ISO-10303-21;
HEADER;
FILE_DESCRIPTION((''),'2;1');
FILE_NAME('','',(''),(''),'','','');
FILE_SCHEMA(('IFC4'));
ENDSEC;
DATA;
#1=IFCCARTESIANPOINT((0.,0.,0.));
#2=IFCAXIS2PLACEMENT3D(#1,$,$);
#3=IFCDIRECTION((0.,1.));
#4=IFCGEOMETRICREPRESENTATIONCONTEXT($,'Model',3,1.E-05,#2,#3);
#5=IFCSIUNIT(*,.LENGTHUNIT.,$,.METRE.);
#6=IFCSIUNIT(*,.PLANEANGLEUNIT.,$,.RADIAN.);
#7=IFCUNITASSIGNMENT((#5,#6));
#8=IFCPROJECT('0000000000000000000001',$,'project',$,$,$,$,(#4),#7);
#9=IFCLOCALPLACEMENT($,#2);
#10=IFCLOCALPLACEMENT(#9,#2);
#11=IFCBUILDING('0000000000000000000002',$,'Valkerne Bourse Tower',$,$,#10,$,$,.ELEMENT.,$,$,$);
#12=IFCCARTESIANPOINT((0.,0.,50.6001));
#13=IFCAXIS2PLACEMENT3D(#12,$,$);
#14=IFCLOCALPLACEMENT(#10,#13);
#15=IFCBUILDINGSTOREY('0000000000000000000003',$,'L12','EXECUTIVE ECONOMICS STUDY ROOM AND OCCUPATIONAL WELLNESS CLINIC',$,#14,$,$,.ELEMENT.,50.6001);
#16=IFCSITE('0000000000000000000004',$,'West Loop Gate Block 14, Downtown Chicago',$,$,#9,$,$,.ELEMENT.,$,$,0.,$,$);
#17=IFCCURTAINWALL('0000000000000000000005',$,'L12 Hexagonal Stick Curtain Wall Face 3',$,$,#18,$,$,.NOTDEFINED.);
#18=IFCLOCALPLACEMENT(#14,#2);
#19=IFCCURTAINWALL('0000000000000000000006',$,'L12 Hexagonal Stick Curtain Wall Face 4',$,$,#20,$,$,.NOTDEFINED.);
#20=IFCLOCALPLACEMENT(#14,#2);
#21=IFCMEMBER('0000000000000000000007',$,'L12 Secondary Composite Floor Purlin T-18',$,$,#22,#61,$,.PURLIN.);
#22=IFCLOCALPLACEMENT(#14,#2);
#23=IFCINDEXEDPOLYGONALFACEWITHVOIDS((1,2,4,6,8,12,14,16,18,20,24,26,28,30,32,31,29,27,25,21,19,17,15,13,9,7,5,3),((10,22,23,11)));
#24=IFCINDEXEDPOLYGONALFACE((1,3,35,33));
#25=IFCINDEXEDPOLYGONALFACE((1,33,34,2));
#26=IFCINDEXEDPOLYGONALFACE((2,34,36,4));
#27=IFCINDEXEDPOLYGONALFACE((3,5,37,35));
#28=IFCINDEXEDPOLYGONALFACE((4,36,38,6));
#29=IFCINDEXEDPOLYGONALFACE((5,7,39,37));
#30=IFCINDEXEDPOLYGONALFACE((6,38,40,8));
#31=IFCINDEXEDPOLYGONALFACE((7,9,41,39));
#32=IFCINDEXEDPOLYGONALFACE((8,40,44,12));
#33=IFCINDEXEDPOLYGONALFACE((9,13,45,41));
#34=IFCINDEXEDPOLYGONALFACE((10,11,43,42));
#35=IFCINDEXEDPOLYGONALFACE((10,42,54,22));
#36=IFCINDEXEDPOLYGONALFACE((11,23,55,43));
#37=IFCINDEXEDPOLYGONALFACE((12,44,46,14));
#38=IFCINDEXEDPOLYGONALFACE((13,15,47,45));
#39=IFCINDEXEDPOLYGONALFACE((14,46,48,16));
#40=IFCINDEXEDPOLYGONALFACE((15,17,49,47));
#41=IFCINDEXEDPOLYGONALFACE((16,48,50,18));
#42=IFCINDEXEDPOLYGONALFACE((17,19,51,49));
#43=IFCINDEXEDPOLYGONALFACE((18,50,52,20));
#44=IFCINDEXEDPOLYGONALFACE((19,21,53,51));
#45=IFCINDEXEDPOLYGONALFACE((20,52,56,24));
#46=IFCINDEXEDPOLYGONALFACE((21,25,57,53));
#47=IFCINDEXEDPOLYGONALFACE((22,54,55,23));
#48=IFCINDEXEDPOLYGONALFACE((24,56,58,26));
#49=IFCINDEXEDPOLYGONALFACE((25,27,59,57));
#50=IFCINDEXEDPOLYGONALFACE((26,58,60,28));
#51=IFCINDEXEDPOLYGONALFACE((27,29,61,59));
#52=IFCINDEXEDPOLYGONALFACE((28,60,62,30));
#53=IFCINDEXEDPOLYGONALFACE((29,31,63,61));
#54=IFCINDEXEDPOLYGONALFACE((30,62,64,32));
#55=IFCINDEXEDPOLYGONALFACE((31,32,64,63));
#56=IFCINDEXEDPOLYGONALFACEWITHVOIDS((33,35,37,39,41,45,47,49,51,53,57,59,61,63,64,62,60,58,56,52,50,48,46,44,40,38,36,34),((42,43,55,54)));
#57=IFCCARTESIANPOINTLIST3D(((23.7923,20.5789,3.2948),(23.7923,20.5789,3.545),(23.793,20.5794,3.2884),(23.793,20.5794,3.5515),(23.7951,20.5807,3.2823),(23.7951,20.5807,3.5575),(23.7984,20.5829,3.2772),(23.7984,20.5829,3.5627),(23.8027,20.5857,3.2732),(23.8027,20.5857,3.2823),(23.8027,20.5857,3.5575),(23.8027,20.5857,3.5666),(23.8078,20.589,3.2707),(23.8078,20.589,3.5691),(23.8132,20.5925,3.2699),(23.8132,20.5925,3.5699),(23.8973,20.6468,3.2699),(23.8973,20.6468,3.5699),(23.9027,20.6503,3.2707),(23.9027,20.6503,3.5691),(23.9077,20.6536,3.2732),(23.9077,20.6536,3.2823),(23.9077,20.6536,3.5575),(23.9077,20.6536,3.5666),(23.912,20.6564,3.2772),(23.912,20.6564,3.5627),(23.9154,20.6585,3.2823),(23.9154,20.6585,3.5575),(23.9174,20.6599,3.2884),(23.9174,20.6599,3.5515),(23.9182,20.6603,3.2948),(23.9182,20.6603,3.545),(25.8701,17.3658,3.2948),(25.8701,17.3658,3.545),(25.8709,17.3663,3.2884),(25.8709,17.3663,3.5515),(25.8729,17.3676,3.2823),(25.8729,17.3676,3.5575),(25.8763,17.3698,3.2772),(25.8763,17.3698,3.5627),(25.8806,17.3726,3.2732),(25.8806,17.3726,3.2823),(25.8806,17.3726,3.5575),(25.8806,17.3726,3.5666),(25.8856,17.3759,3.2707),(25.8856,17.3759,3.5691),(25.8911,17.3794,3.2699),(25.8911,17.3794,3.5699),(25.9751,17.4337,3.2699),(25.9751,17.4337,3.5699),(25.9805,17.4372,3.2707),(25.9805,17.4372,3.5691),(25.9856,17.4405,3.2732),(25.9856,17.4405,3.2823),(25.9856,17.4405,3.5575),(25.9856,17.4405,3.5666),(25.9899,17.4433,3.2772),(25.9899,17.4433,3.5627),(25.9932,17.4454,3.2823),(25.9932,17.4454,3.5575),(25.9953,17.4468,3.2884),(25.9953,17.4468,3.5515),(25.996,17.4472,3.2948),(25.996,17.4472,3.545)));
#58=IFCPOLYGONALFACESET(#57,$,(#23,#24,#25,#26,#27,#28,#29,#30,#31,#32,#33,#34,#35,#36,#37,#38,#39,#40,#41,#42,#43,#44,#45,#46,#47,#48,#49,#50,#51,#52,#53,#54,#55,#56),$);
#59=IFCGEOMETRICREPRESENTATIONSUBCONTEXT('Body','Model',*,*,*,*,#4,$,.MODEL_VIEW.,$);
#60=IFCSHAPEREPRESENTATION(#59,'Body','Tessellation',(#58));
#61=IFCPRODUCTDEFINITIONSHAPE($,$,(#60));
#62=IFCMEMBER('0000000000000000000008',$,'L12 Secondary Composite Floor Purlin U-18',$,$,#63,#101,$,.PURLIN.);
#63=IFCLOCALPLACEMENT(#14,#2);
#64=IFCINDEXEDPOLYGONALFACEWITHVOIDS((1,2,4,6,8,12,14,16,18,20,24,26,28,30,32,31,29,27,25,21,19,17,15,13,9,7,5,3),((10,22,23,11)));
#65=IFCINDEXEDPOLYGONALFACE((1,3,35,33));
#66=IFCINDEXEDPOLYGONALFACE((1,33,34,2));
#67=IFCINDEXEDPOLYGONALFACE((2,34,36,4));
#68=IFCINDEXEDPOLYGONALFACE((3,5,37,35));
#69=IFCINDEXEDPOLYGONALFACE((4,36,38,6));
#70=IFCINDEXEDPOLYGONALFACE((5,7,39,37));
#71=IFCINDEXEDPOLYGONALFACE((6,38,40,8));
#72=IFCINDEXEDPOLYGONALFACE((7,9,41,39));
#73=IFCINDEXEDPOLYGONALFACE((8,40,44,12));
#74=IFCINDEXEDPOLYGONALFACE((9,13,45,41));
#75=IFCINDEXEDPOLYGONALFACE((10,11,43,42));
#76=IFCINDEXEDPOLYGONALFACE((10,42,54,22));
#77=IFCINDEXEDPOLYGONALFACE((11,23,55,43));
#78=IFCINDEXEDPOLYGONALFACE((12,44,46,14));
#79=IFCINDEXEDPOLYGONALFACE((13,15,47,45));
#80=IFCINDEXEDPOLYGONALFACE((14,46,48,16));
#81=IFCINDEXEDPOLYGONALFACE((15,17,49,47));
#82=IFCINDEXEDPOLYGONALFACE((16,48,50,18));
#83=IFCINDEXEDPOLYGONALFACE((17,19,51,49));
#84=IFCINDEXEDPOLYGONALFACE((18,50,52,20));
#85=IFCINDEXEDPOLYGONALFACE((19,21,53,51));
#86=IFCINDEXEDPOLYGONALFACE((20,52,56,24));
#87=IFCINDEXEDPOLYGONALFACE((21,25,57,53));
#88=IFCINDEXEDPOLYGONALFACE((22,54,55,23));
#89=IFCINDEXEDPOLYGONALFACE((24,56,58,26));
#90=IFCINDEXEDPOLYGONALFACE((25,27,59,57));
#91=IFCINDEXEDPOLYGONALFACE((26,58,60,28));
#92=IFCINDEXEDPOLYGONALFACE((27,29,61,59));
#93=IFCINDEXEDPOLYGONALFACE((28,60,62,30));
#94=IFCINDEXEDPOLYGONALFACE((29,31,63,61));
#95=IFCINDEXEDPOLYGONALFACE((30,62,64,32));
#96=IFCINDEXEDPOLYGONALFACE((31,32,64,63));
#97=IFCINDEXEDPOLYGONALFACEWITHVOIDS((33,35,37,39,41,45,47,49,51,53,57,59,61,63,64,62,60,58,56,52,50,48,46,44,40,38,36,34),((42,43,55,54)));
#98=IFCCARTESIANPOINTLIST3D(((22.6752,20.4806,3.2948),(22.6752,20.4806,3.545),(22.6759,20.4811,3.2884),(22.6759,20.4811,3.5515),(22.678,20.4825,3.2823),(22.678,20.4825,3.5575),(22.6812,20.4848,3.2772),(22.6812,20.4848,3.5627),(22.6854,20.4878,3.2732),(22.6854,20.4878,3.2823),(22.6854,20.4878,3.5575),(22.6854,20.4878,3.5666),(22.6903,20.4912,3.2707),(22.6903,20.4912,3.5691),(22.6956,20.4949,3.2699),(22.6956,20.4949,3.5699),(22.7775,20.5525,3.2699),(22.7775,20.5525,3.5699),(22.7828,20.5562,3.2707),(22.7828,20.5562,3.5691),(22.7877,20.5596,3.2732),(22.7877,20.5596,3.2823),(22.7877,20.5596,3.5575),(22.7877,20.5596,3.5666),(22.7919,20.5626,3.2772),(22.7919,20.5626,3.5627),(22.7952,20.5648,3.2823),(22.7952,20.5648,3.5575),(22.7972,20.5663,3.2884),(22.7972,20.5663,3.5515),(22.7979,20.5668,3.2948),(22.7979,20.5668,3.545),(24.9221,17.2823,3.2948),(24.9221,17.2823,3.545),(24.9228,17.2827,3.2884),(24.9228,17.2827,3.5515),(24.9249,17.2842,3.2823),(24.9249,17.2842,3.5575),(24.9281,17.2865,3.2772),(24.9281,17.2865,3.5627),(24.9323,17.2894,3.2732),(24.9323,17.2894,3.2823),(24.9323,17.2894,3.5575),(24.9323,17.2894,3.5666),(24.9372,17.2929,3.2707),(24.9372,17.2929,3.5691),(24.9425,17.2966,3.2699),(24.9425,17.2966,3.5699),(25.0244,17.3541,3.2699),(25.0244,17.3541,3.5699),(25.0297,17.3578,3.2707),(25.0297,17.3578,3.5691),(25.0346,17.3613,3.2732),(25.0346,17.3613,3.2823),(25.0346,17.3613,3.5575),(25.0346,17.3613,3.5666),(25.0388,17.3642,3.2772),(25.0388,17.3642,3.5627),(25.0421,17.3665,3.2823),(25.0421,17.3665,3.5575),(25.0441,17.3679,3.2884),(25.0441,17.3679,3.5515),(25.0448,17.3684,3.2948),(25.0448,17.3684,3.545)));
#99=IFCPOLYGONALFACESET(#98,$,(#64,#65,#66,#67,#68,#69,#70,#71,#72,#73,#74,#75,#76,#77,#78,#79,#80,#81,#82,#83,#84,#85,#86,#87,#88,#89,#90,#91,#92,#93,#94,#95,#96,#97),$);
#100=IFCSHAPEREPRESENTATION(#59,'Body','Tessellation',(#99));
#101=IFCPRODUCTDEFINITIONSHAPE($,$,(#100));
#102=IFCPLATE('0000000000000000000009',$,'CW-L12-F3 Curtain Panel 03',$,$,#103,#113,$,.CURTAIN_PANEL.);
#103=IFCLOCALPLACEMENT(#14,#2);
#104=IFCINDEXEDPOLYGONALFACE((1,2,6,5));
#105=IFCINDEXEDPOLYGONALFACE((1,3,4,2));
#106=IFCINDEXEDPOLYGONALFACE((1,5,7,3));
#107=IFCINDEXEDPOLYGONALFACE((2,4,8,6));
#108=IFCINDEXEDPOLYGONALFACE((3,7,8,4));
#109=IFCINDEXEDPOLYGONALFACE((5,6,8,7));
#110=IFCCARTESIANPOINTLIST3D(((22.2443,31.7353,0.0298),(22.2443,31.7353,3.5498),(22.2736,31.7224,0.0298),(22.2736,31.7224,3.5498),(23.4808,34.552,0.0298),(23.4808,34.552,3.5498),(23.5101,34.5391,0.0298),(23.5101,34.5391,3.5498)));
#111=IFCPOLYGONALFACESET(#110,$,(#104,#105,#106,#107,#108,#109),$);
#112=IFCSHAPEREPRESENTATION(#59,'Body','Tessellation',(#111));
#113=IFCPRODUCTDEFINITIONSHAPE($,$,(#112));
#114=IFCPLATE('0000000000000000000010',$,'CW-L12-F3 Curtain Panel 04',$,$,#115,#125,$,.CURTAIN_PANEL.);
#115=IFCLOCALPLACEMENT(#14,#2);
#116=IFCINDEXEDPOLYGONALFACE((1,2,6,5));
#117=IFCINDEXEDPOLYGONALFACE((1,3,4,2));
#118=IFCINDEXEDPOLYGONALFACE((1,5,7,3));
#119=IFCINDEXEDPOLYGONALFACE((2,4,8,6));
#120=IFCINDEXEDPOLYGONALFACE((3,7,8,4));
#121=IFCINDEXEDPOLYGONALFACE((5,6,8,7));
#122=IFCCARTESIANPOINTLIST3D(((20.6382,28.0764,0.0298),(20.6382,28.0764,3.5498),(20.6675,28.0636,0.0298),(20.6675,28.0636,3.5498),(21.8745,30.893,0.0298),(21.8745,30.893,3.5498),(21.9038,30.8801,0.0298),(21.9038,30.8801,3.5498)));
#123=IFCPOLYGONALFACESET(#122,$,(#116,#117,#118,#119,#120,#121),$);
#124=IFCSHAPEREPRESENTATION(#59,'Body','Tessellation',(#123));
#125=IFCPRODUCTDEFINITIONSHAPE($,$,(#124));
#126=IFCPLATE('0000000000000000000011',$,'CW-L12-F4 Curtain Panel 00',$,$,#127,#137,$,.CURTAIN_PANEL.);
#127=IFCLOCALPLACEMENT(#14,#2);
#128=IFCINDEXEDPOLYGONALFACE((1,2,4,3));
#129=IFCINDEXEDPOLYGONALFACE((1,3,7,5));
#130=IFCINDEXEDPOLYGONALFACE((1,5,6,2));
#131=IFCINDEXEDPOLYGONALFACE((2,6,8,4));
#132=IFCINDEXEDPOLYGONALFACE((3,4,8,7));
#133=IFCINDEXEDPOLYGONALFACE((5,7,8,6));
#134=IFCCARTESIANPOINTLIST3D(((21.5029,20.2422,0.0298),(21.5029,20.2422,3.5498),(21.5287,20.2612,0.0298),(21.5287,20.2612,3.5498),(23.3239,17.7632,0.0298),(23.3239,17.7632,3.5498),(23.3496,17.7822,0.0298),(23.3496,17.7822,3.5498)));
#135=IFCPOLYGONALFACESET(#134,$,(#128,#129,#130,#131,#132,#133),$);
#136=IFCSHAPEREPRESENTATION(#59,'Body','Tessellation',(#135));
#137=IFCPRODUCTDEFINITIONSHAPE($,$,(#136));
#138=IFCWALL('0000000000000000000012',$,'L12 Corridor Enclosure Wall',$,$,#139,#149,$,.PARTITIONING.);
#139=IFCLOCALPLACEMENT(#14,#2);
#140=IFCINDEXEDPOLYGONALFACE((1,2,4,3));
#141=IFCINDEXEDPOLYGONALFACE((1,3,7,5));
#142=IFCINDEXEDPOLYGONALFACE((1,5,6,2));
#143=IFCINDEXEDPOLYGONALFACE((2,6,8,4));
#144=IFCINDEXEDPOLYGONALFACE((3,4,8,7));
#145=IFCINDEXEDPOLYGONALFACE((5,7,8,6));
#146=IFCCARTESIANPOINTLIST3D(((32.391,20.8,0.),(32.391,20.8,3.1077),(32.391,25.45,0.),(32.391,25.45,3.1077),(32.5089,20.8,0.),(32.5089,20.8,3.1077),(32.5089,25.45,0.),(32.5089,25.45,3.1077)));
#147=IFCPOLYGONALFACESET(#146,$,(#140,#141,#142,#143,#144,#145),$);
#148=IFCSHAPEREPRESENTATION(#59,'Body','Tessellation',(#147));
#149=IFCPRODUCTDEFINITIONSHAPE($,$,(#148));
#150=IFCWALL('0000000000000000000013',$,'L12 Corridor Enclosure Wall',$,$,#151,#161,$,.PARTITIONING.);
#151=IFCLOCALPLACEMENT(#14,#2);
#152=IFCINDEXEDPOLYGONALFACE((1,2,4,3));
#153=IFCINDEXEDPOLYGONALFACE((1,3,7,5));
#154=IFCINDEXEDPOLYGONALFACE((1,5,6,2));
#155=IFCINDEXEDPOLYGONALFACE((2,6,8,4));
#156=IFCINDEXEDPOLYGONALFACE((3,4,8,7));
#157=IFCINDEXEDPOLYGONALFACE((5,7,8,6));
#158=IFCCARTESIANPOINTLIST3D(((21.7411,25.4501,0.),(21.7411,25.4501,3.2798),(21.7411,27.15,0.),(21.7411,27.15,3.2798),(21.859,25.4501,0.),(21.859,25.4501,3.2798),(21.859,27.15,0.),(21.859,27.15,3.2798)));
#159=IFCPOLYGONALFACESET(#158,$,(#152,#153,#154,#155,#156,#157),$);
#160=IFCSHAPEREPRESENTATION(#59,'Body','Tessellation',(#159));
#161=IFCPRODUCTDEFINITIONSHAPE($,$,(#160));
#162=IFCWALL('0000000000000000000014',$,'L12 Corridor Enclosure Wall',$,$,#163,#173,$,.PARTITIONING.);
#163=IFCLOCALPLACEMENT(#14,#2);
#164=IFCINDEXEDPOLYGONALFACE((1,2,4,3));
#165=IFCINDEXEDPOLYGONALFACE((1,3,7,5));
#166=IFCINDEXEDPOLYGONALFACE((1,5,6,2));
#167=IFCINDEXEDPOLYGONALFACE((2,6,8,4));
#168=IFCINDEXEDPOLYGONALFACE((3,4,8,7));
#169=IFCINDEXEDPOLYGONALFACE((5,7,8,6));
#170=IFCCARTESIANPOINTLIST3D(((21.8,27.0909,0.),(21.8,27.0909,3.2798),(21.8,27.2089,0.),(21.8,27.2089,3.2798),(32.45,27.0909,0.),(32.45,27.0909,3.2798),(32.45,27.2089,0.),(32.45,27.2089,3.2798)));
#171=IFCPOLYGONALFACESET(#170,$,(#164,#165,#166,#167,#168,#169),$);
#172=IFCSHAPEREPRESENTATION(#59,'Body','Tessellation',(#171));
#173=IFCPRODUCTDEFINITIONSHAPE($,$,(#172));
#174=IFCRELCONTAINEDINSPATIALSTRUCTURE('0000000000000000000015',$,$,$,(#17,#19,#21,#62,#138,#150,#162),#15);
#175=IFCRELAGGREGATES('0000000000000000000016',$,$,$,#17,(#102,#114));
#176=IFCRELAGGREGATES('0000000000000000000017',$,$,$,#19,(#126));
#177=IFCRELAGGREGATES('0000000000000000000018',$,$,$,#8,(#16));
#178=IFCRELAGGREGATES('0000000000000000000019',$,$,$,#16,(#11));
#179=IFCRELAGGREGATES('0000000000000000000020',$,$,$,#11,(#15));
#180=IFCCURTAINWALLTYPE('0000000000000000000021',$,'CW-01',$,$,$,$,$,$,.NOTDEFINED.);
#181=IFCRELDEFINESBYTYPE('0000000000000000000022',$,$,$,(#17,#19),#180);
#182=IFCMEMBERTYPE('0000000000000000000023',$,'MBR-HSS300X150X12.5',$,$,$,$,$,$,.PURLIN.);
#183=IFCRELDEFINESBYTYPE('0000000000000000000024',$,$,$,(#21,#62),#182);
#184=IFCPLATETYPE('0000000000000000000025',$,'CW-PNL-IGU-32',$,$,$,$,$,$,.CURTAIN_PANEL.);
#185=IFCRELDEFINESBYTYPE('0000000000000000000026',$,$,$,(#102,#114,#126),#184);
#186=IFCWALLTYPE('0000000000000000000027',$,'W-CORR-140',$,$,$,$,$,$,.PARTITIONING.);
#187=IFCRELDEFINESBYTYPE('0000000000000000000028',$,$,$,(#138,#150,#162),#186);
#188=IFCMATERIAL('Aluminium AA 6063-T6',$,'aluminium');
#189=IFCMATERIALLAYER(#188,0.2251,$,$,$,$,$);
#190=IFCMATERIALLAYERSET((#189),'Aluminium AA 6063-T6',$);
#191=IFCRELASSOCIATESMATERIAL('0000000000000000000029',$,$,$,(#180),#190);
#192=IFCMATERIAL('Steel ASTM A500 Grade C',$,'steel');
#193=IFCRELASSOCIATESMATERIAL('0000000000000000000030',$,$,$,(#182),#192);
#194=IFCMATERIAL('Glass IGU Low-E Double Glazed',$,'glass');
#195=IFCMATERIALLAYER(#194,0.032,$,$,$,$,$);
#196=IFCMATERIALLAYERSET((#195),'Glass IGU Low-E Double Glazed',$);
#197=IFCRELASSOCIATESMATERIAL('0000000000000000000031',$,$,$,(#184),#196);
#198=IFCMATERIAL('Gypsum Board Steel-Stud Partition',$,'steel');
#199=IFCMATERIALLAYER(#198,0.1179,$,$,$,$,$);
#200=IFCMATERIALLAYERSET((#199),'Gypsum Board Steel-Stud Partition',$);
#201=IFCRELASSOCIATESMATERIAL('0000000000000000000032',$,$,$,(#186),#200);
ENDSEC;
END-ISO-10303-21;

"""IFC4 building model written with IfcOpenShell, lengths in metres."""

from ifc_helpers import new_model, si_unit, direction, frame, frame_2d, origin, origin_2d, place, context, subcontext, project, spatial, rectangle, hollow_rectangle, extrude, material, layer, layer_set, material_profile, profile_set, type_object, element, aggregate, save


model = new_model("IFC4")

# Units and contexts
model_context = context("Model", 3, precision=1e-05, world=origin(), true_north=direction((0.0, 1.0)))
body_context = subcontext(model_context, "Body", "Model", "MODEL_VIEW")
ifc_project = project(units=[si_unit("LENGTHUNIT", "METRE"), si_unit("PLANEANGLEUNIT", "RADIAN")], contexts=[model_context])

# Site, building, storey
site_placement = place(None, origin())
site = spatial("IfcSite", under=ifc_project, at=site_placement, Name="West Loop Gate Block 14, Downtown Chicago", CompositionType="ELEMENT", RefElevation=0.0)
building_placement = place(site_placement, origin())
building = spatial("IfcBuilding", under=site, at=building_placement, Name="Valkerne Bourse Tower", CompositionType="ELEMENT")
storey_placement = place(building_placement, frame((0.0, 0.0, 50.6001)))
storey = spatial("IfcBuildingStorey", under=building, at=storey_placement, Name="L12", Description="EXECUTIVE ECONOMICS STUDY ROOM AND OCCUPATIONAL WELLNESS CLINIC", CompositionType="ELEMENT", Elevation=50.6001)

# Curtain walls
ifc_material_1 = material(Name="Aluminium AA 6063-T6", Category="aluminium")
ifc_layer_1 = layer(ifc_material_1, 0.2251)
ifc_layer_set_1 = layer_set([ifc_layer_1], Name="Aluminium AA 6063-T6")
curtain_wall_type = type_object("IfcCurtainWallType", Name="CW-01", PredefinedType="NOTDEFINED", material=ifc_layer_set_1)
curtain_wall_1_placement = place(storey_placement, origin())
curtain_wall_1 = element("IfcCurtainWall", 1, at=curtain_wall_1_placement, inside=storey, type_object=curtain_wall_type, Name="L12 Hexagonal Stick Curtain Wall Face 3", PredefinedType="NOTDEFINED")
curtain_wall_2_placement = place(storey_placement, origin())
curtain_wall_2 = element("IfcCurtainWall", 2, at=curtain_wall_2_placement, inside=storey, type_object=curtain_wall_type, Name="L12 Hexagonal Stick Curtain Wall Face 4", PredefinedType="NOTDEFINED")

# Members
ifc_material_2 = material(Name="Steel ASTM A500 Grade C", Category="steel")
ifc_material_profile_1 = material_profile(ifc_material_2, hollow_rectangle(XDim=0.1499, YDim=0.3, WallThickness=0.0125, OuterFilletRadius=0.0249, at=origin_2d()), Name="HSS300X150X12.5")
ifc_profile_set_1 = profile_set([ifc_material_profile_1], Name="Steel ASTM A500 Grade C")
member_type_1 = type_object("IfcMemberType", Name="MBR-HSS300X150X12.5", PredefinedType="PURLIN", material=ifc_profile_set_1)
member_1_placement = place(storey_placement, frame((23.8552, 20.6196, 3.4199), z_axis=(0.543029, -0.839714, 0.0), x_axis=(0.839714, 0.543029, 0.0)))
element("IfcMember", 3, at=member_1_placement, inside=storey, type_object=member_type_1, Name="L12 Secondary Composite Floor Purlin T-18", PredefinedType="PURLIN", context=body_context, shape_type="SweptSolid", body=[
    extrude(hollow_rectangle(XDim=0.1499, YDim=0.3, WallThickness=0.0125, OuterFilletRadius=0.0249, at=origin_2d()), origin(), (0.0, 0.0, 1.0), 3.8264),
])
member_2_placement = place(storey_placement, frame((22.7366, 20.5237, 3.4199), z_axis=(0.574845, -0.818262, 0.0), x_axis=(0.818262, 0.574845, 0.0)))
element("IfcMember", 4, at=member_2_placement, inside=storey, type_object=member_type_1, Name="L12 Secondary Composite Floor Purlin U-18", PredefinedType="PURLIN", context=body_context, shape_type="SweptSolid", body=[
    extrude(hollow_rectangle(XDim=0.1499, YDim=0.3, WallThickness=0.0125, OuterFilletRadius=0.0249, at=origin_2d()), origin(), (0.0, 0.0, 1.0), 3.9087),
])

# Plates
ifc_material_3 = material(Name="Glass IGU Low-E Double Glazed", Category="glass")
ifc_layer_2 = layer(ifc_material_3, 0.032)
ifc_layer_set_2 = layer_set([ifc_layer_2], Name="Glass IGU Low-E Double Glazed")
plate_type = type_object("IfcPlateType", Name="CW-PNL-IGU-32", PredefinedType="CURTAIN_PANEL", material=ifc_layer_set_2)
plate_1_placement = place(storey_placement, frame((22.8772, 33.1372, 0.0298), z_axis=(0.0, 0.0, 1.0), x_axis=(-0.40195, -0.915662, 0.0)))
plate_1 = element("IfcPlate", 5, at=plate_1_placement, type_object=plate_type, Name="CW-L12-F3 Curtain Panel 03", PredefinedType="CURTAIN_PANEL", context=body_context, shape_type="SweptSolid", body=[
    extrude(rectangle(XDim=3.0762, YDim=0.032, at=origin_2d()), origin(), (0.0, 0.0, 1.0), 3.52),
])
plate_2_placement = place(storey_placement, frame((21.271, 29.4783, 0.0298), z_axis=(0.0, 0.0, 1.0), x_axis=(-0.401929, -0.915671, 0.0)))
plate_2 = element("IfcPlate", 6, at=plate_2_placement, type_object=plate_type, Name="CW-L12-F3 Curtain Panel 04", PredefinedType="CURTAIN_PANEL", context=body_context, shape_type="SweptSolid", body=[
    extrude(rectangle(XDim=3.0759, YDim=0.032, at=origin_2d()), origin(), (0.0, 0.0, 1.0), 3.52),
])
aggregate(curtain_wall_1, [plate_1, plate_2])
plate_3_placement = place(storey_placement, frame((22.4263, 19.0122, 0.0298), z_axis=(0.0, 0.0, 1.0), x_axis=(0.59201, -0.805931, 0.0)))
plate_3 = element("IfcPlate", 7, at=plate_3_placement, type_object=plate_type, Name="CW-L12-F4 Curtain Panel 00", PredefinedType="CURTAIN_PANEL", context=body_context, shape_type="SweptSolid", body=[
    extrude(rectangle(XDim=3.0759, YDim=0.032, at=origin_2d()), origin(), (0.0, 0.0, 1.0), 3.52),
])
aggregate(curtain_wall_2, [plate_3])

# Walls
ifc_material_4 = material(Name="Gypsum Board Steel-Stud Partition", Category="steel")
ifc_layer_3 = layer(ifc_material_4, 0.1179)
ifc_layer_set_3 = layer_set([ifc_layer_3], Name="Gypsum Board Steel-Stud Partition")
wall_type = type_object("IfcWallType", Name="W-CORR-140", PredefinedType="PARTITIONING", material=ifc_layer_set_3)
wall_1_placement = place(storey_placement, frame((32.45, 20.8, 0.0), z_axis=(0.0, 0.0, 1.0), x_axis=(0.0, 1.0, 0.0)))
element("IfcWall", 8, at=wall_1_placement, inside=storey, type_object=wall_type, Name="L12 Corridor Enclosure Wall", PredefinedType="PARTITIONING", context=body_context, shape_type="SweptSolid", body=[
    extrude(rectangle(XDim=4.6499, YDim=0.1179, at=frame_2d((2.325, 0.0))), origin(), (0.0, 0.0, 1.0), 3.1077),
])
wall_2_placement = place(storey_placement, frame((21.8, 25.45, 0.0), z_axis=(0.0, 0.0, 1.0), x_axis=(0.0, 1.0, 0.0)))
element("IfcWall", 9, at=wall_2_placement, inside=storey, type_object=wall_type, Name="L12 Corridor Enclosure Wall", PredefinedType="PARTITIONING", context=body_context, shape_type="SweptSolid", body=[
    extrude(rectangle(XDim=1.7, YDim=0.1179, at=frame_2d((0.8501, 0.0))), origin(), (0.0, 0.0, 1.0), 3.2798),
])
wall_3_placement = place(storey_placement, frame((21.8, 27.1499, 0.0), z_axis=(0.0, 0.0, 1.0), x_axis=(1.0, 0.0, 0.0)))
element("IfcWall", 10, at=wall_3_placement, inside=storey, type_object=wall_type, Name="L12 Corridor Enclosure Wall", PredefinedType="PARTITIONING", context=body_context, shape_type="SweptSolid", body=[
    extrude(rectangle(XDim=10.6499, YDim=0.1179, at=frame_2d((5.325, 0.0))), origin(), (0.0, 0.0, 1.0), 3.2798),
])

save(model, "model.ifc")
